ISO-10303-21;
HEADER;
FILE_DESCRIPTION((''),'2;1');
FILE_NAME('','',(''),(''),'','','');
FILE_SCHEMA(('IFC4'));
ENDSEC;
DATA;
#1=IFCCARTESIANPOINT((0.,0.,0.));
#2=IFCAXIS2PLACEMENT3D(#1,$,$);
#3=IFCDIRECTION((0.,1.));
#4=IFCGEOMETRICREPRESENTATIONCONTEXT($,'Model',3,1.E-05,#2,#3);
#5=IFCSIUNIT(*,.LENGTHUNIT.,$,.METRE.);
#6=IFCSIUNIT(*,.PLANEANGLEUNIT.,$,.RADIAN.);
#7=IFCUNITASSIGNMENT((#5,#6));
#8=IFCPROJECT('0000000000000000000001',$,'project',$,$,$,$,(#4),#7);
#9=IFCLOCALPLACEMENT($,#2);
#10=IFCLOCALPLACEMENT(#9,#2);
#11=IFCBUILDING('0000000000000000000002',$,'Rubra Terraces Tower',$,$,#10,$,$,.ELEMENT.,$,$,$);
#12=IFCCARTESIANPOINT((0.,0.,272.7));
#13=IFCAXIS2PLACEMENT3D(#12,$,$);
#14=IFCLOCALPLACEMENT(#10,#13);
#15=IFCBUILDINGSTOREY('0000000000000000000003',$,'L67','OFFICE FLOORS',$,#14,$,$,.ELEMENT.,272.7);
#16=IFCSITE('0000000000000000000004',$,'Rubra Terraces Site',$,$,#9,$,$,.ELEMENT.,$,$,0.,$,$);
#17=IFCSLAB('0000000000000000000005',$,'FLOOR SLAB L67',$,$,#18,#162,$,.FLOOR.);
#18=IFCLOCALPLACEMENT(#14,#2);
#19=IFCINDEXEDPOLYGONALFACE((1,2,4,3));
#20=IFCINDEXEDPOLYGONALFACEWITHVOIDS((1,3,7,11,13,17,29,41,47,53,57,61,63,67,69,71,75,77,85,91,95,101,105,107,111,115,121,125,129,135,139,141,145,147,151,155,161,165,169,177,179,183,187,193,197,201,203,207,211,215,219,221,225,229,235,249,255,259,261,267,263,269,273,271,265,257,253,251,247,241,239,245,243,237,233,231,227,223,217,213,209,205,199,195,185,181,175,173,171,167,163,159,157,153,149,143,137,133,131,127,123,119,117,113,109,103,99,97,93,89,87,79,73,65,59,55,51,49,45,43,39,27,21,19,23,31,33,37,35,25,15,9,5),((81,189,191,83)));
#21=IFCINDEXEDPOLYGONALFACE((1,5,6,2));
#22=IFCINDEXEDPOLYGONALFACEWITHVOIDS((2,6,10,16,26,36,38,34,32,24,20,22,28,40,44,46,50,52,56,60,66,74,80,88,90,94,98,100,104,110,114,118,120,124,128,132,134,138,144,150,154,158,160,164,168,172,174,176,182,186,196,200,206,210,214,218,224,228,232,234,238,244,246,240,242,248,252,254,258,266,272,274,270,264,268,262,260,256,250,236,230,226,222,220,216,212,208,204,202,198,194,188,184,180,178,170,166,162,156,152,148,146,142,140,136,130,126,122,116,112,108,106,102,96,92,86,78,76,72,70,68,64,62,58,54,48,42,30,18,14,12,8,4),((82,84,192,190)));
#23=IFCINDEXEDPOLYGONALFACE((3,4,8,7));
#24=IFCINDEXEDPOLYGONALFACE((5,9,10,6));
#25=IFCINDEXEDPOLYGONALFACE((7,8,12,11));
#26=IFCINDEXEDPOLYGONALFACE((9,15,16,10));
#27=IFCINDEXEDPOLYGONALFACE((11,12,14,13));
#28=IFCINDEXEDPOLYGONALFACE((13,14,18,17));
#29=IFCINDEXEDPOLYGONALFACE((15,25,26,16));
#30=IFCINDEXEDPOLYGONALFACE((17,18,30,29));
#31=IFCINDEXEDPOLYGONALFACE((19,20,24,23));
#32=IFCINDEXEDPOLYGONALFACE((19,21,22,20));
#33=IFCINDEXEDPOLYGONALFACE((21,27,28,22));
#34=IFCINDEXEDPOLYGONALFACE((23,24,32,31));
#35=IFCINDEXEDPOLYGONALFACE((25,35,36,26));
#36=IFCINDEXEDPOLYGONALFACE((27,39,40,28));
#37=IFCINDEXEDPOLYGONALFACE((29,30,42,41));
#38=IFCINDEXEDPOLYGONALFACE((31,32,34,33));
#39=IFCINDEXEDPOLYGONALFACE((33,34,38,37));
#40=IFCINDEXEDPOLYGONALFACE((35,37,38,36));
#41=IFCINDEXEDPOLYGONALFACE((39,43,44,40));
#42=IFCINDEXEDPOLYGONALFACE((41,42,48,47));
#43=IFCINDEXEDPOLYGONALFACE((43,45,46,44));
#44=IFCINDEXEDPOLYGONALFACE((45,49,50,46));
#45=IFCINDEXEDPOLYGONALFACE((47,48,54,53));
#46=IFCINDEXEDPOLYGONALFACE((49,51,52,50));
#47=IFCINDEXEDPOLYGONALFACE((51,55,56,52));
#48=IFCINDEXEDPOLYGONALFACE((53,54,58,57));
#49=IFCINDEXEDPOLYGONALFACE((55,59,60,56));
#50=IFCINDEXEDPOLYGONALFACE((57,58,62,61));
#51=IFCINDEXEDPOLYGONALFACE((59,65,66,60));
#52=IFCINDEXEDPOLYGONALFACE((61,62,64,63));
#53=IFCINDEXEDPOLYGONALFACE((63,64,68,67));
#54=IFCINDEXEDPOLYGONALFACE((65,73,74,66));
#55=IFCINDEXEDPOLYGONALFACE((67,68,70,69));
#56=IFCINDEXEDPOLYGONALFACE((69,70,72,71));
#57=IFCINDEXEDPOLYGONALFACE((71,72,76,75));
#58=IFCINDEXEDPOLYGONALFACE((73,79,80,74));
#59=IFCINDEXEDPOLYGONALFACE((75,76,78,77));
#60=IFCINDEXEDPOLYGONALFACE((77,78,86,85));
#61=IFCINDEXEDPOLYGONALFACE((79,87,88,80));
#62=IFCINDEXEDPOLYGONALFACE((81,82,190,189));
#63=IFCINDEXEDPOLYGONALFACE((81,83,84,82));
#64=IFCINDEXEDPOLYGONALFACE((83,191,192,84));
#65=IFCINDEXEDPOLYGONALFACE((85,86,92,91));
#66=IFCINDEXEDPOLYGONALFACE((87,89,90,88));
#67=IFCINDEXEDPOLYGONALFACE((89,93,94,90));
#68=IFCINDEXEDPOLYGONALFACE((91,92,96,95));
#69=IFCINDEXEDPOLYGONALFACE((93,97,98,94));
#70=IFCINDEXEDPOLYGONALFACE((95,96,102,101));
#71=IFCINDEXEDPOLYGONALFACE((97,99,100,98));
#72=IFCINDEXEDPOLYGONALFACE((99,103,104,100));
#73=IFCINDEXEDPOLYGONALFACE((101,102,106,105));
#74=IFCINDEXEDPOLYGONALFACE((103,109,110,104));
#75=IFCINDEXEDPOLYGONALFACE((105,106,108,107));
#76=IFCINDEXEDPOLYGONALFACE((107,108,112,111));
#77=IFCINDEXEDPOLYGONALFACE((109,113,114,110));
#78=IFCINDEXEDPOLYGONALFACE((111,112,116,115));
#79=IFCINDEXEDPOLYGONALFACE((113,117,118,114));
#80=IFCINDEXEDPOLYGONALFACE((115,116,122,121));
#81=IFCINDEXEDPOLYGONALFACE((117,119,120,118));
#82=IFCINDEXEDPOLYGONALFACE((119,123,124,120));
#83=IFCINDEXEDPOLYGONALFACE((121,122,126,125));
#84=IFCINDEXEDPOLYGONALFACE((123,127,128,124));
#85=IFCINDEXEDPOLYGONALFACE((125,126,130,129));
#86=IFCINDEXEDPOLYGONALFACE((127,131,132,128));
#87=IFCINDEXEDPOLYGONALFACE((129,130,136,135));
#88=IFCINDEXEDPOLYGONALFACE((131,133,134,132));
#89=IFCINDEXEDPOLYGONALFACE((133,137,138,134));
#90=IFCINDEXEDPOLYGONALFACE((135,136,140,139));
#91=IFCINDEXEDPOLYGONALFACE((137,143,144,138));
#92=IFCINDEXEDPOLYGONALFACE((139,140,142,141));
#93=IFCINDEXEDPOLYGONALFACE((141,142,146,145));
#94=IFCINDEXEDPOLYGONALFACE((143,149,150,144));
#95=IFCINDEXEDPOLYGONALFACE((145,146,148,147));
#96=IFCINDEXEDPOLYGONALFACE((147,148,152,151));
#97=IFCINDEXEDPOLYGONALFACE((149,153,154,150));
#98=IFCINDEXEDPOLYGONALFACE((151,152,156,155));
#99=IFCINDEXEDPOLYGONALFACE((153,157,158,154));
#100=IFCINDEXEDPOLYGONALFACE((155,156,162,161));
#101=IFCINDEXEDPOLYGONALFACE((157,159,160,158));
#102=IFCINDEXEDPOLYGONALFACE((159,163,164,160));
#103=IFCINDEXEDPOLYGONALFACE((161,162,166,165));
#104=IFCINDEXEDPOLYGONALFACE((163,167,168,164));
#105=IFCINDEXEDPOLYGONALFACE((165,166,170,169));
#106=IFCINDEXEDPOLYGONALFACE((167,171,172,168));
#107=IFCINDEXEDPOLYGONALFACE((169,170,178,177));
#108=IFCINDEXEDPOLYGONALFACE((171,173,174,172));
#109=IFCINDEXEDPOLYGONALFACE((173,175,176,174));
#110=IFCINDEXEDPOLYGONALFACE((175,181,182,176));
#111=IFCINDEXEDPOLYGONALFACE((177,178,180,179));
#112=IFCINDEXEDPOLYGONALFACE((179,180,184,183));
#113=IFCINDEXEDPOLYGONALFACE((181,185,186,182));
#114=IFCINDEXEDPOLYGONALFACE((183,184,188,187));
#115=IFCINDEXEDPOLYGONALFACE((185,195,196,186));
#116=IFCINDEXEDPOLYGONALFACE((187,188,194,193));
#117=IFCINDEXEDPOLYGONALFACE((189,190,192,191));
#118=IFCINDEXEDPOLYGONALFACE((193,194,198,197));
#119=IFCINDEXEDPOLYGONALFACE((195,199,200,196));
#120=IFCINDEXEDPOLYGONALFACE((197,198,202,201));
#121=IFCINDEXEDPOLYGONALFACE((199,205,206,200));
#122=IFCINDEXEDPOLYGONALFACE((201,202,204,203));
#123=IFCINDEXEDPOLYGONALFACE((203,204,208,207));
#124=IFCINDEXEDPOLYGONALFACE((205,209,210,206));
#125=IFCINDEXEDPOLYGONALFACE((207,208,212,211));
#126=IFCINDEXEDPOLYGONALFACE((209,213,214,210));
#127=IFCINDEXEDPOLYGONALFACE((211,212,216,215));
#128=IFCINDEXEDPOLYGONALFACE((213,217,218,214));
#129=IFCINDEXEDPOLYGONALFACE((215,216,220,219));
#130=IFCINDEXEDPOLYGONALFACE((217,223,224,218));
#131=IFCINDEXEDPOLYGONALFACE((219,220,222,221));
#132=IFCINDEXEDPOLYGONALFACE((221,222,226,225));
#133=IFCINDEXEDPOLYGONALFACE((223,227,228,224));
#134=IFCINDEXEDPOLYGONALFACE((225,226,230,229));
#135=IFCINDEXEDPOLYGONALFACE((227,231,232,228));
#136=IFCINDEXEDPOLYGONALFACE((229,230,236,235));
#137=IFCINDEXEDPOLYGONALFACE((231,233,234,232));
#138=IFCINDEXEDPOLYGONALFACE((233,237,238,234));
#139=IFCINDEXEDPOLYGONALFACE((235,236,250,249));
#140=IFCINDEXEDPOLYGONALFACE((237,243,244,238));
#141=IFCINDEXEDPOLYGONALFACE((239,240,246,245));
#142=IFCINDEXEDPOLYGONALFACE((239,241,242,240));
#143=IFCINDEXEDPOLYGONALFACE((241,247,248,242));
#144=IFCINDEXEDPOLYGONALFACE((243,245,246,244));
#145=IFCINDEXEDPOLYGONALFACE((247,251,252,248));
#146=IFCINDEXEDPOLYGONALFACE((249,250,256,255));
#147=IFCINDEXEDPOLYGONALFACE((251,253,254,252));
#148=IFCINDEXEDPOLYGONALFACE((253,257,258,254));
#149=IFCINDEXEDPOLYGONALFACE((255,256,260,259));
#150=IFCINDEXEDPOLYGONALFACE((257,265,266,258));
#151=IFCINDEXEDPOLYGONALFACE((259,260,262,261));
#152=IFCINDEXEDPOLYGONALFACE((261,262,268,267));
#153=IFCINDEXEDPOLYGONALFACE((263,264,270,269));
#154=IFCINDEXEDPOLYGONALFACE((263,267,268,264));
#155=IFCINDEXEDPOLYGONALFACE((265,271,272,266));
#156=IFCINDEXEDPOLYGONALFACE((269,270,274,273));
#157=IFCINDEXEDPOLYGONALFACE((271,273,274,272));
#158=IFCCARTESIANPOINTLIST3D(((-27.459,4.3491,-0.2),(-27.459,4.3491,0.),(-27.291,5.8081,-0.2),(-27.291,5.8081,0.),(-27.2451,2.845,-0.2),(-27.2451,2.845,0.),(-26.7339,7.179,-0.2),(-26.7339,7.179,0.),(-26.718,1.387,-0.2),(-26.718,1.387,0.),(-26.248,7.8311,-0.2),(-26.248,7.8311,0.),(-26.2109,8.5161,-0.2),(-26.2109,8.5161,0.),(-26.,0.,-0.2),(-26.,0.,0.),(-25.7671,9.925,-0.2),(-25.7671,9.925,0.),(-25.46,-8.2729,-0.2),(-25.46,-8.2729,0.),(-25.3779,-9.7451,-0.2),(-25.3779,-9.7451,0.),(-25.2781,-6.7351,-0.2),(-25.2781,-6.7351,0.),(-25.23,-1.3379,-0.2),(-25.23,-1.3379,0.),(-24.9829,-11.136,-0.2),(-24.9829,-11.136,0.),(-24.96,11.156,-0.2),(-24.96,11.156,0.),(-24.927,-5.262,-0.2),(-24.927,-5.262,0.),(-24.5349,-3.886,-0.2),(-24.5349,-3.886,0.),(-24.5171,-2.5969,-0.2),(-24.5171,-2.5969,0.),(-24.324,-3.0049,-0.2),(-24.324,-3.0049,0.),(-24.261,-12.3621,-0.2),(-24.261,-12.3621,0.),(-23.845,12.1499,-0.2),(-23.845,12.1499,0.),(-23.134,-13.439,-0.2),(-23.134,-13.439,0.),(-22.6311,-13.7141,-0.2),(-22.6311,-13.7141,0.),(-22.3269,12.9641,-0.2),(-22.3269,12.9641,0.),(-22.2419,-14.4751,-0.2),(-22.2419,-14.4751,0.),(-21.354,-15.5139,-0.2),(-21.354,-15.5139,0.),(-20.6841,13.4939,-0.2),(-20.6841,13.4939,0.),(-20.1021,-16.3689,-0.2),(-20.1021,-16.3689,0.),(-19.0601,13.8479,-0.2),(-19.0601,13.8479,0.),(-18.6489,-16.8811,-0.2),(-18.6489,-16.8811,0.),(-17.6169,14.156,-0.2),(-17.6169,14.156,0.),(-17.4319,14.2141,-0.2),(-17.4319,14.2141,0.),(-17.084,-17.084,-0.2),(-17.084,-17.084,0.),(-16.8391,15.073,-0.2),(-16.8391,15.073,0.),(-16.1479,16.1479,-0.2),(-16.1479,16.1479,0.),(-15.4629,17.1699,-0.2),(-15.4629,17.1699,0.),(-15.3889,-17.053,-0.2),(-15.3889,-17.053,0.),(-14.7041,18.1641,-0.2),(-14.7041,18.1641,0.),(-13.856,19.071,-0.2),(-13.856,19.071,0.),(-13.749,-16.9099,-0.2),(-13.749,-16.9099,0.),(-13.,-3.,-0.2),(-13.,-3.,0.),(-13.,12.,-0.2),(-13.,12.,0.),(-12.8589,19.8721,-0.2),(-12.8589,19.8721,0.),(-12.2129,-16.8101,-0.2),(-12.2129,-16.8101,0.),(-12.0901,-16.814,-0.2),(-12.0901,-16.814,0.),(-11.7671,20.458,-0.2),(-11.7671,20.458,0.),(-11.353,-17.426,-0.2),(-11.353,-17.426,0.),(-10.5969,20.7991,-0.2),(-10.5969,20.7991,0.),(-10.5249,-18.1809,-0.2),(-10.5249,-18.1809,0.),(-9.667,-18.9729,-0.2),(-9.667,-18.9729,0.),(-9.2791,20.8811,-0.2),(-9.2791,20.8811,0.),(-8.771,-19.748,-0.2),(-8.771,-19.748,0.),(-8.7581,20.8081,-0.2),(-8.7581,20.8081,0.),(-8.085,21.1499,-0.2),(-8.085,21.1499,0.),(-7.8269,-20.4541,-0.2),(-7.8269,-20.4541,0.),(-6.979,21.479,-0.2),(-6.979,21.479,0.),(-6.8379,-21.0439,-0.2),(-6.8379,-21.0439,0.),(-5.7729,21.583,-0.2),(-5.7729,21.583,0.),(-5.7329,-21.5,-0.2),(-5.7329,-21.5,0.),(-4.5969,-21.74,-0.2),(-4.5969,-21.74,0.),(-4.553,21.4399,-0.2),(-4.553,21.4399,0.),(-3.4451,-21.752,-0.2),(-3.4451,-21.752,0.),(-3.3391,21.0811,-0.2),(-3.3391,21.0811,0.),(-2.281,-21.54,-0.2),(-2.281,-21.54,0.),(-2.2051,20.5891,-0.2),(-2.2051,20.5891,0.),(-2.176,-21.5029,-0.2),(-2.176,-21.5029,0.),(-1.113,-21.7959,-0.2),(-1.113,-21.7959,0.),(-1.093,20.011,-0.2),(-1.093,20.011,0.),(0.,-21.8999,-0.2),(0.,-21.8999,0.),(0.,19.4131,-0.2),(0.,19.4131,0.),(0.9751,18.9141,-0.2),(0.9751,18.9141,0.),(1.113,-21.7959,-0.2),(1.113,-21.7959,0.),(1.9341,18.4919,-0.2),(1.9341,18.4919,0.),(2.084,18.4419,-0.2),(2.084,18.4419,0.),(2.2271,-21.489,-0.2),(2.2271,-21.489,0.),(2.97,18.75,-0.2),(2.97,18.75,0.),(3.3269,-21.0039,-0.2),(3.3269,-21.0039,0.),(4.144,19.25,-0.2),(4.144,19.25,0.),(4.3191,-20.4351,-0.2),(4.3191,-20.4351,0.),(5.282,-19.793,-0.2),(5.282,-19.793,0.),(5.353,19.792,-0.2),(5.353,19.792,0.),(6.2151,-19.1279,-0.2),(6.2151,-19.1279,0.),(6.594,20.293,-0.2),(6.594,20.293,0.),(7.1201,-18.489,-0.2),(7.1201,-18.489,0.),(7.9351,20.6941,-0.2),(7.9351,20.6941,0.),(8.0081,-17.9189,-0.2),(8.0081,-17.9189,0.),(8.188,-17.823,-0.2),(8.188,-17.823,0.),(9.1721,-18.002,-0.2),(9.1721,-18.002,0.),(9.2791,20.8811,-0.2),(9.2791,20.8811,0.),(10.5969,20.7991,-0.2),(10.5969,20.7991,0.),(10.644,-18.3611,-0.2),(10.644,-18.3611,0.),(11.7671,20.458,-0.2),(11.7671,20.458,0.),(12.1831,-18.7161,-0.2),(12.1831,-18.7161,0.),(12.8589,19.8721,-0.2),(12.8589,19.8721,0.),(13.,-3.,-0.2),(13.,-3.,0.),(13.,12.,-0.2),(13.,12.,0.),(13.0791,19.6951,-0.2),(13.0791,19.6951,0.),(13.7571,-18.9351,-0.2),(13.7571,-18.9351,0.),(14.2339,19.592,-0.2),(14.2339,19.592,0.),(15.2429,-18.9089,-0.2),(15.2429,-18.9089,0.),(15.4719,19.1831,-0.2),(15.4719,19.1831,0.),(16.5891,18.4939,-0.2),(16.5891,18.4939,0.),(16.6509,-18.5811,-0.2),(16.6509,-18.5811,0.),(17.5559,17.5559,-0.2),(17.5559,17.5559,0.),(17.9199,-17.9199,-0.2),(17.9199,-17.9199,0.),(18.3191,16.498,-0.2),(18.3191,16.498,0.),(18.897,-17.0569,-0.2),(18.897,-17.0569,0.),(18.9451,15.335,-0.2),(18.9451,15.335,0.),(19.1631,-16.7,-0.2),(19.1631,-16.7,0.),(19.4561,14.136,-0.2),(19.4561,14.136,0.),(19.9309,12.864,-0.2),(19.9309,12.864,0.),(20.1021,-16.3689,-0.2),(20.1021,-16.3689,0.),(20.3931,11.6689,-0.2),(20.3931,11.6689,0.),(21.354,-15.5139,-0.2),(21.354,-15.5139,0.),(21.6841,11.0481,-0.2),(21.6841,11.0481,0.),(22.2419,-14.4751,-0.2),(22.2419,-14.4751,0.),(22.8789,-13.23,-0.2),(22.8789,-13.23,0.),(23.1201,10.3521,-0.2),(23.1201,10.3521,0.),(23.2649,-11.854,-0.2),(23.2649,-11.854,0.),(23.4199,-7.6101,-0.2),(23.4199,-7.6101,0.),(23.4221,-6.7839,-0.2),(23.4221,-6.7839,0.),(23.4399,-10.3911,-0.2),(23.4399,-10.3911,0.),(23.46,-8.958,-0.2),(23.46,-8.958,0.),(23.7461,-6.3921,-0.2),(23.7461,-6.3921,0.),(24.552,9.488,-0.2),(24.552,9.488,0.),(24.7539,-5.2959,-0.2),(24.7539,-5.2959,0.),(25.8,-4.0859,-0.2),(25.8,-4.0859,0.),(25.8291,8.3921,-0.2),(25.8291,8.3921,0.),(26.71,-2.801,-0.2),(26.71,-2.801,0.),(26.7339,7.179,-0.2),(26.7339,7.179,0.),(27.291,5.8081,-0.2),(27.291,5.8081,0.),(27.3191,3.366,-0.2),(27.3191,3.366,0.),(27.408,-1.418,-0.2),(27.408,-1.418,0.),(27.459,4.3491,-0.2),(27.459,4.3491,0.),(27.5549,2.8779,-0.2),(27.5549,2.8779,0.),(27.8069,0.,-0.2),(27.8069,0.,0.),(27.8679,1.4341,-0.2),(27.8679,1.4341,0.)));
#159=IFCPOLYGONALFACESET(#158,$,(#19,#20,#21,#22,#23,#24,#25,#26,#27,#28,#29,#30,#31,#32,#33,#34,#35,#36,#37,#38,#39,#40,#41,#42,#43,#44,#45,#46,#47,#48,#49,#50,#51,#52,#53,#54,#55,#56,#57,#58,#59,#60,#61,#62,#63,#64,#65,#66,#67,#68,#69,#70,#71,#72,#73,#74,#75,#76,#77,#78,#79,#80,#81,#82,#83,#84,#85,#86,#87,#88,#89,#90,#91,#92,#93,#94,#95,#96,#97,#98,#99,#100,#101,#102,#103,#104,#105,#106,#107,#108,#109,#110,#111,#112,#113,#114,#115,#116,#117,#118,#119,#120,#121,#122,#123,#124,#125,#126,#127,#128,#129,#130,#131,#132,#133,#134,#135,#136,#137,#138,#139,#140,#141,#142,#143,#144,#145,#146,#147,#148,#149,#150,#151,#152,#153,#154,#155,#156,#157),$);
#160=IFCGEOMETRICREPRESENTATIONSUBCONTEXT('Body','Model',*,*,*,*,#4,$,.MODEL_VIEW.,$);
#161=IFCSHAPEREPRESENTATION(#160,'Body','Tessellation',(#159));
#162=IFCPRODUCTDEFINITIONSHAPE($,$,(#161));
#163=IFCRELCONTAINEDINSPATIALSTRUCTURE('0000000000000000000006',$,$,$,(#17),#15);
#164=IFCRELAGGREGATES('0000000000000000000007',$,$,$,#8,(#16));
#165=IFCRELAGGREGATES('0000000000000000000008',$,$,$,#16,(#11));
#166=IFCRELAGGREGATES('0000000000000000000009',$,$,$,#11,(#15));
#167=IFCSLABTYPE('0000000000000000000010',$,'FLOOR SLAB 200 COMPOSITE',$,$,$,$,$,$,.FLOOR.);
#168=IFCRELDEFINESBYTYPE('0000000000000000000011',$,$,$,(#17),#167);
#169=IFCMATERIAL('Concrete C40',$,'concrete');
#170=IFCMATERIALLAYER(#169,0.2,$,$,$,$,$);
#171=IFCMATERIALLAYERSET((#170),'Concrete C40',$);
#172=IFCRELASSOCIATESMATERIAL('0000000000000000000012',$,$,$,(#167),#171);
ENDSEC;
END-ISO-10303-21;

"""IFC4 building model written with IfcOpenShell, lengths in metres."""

from ifc_helpers import new_model, si_unit, direction, frame, origin, place, context, subcontext, project, spatial, polyline, outline, extrude, material, layer, layer_set, type_object, element, save


model = new_model("IFC4")

# Units and contexts
model_context = context("Model", 3, precision=1e-05, world=origin(), true_north=direction((0.0, 1.0)))
body_context = subcontext(model_context, "Body", "Model", "MODEL_VIEW")
ifc_project = project(units=[si_unit("LENGTHUNIT", "METRE"), si_unit("PLANEANGLEUNIT", "RADIAN")], contexts=[model_context])

# Site, building, storey
site_placement = place(None, origin())
site = spatial("IfcSite", under=ifc_project, at=site_placement, Name="Rubra Terraces Site", CompositionType="ELEMENT", RefElevation=0.0)
building_placement = place(site_placement, origin())
building = spatial("IfcBuilding", under=site, at=building_placement, Name="Rubra Terraces Tower", CompositionType="ELEMENT")
storey_placement = place(building_placement, frame((0.0, 0.0, 272.7)))
storey = spatial("IfcBuildingStorey", under=building, at=storey_placement, Name="L67", Description="OFFICE FLOORS", CompositionType="ELEMENT", Elevation=272.7)

# Shared definitions
ifc_material_1 = material(Name="Concrete C40", Category="concrete")

# Slab
ifc_layer_1 = layer(ifc_material_1, 0.2)
ifc_layer_set_1 = layer_set([ifc_layer_1], Name="Concrete C40")
slab_type_1 = type_object("IfcSlabType", Name="FLOOR SLAB 200 COMPOSITE", PredefinedType="FLOOR", material=ifc_layer_set_1)
slab_1_placement = place(storey_placement, frame((0.0, 0.0, -0.2)))
element("IfcSlab", 1, at=slab_1_placement, inside=storey, type_object=slab_type_1, Name="FLOOR SLAB L67", PredefinedType="FLOOR", context=body_context, shape_type="SweptSolid", body=[
    extrude(outline(polyline([(5.282, -19.793), (6.2151, -19.1279), (7.1201, -18.489), (8.0081, -17.9189), (8.188, -17.823), (9.1721, -18.002), (10.644, -18.3611), (12.1831, -18.7161), (13.7571, -18.9351), (15.2429, -18.9089), (16.6509, -18.5811), (17.9199, -17.9199), (18.897, -17.0569), (19.1631, -16.7), (20.1021, -16.3689), (21.354, -15.5139), (22.2419, -14.4751), (22.8789, -13.23), (23.2649, -11.854), (23.4399, -10.3911), (23.46, -8.958), (23.4199, -7.6101), (23.4221, -6.7839), (23.7461, -6.3921), (24.7539, -5.2959), (25.8, -4.0859), (26.71, -2.801), (27.408, -1.418), (27.8069, 0.0), (27.8679, 1.4341), (27.5549, 2.8779), (27.3191, 3.366), (27.459, 4.3491), (27.291, 5.8081), (26.7339, 7.179), (25.8291, 8.3921), (24.552, 9.488), (23.1201, 10.3521), (21.6841, 11.0481), (20.3931, 11.6689), (19.9309, 12.864), (19.4561, 14.136), (18.9451, 15.335), (18.3191, 16.498), (17.5559, 17.5559), (16.5891, 18.4939), (15.4719, 19.1831), (14.2339, 19.592), (13.0791, 19.6951), (12.8589, 19.8721), (11.7671, 20.458), (10.5969, 20.7991), (9.2791, 20.8811), (7.9351, 20.6941), (6.594, 20.293), (5.353, 19.792), (4.144, 19.25), (2.97, 18.75), (2.084, 18.4419), (1.9341, 18.4919), (0.9751, 18.9141), (0.0, 19.4131), (-1.093, 20.011), (-2.2051, 20.5891), (-3.3391, 21.0811), (-4.553, 21.4399), (-5.7729, 21.583), (-6.979, 21.479), (-8.085, 21.1499), (-8.7581, 20.8081), (-9.2791, 20.8811), (-10.5969, 20.7991), (-11.7671, 20.458), (-12.8589, 19.8721), (-13.856, 19.071), (-14.7041, 18.1641), (-15.4629, 17.1699), (-16.1479, 16.1479), (-16.8391, 15.073), (-17.4319, 14.2141), (-17.6169, 14.156), (-19.0601, 13.8479), (-20.6841, 13.4939), (-22.3269, 12.9641), (-23.845, 12.1499), (-24.96, 11.156), (-25.7671, 9.925), (-26.2109, 8.5161), (-26.248, 7.8311), (-26.7339, 7.179), (-27.291, 5.8081), (-27.459, 4.3491), (-27.2451, 2.845), (-26.718, 1.387), (-26.0, 0.0), (-25.23, -1.3379), (-24.5171, -2.5969), (-24.324, -3.0049), (-24.5349, -3.886), (-24.927, -5.262), (-25.2781, -6.7351), (-25.46, -8.2729), (-25.3779, -9.7451), (-24.9829, -11.136), (-24.261, -12.3621), (-23.134, -13.439), (-22.6311, -13.7141), (-22.2419, -14.4751), (-21.354, -15.5139), (-20.1021, -16.3689), (-18.6489, -16.8811), (-17.084, -17.084), (-15.3889, -17.053), (-13.749, -16.9099), (-12.2129, -16.8101), (-12.0901, -16.814), (-11.353, -17.426), (-10.5249, -18.1809), (-9.667, -18.9729), (-8.771, -19.748), (-7.8269, -20.4541), (-6.8379, -21.0439), (-5.7329, -21.5), (-4.5969, -21.74), (-3.4451, -21.752), (-2.281, -21.54), (-2.176, -21.5029), (-1.113, -21.7959), (0.0, -21.8999), (1.113, -21.7959), (2.2271, -21.489), (3.3269, -21.0039), (4.3191, -20.4351), (5.282, -19.793)]), holes=[polyline([(13.0, 12.0), (13.0, -3.0), (-13.0, -3.0), (-13.0, 12.0), (13.0, 12.0)])]), origin(), (0.0, 0.0, 1.0), 0.2),
])

save(model, "model.ifc")
